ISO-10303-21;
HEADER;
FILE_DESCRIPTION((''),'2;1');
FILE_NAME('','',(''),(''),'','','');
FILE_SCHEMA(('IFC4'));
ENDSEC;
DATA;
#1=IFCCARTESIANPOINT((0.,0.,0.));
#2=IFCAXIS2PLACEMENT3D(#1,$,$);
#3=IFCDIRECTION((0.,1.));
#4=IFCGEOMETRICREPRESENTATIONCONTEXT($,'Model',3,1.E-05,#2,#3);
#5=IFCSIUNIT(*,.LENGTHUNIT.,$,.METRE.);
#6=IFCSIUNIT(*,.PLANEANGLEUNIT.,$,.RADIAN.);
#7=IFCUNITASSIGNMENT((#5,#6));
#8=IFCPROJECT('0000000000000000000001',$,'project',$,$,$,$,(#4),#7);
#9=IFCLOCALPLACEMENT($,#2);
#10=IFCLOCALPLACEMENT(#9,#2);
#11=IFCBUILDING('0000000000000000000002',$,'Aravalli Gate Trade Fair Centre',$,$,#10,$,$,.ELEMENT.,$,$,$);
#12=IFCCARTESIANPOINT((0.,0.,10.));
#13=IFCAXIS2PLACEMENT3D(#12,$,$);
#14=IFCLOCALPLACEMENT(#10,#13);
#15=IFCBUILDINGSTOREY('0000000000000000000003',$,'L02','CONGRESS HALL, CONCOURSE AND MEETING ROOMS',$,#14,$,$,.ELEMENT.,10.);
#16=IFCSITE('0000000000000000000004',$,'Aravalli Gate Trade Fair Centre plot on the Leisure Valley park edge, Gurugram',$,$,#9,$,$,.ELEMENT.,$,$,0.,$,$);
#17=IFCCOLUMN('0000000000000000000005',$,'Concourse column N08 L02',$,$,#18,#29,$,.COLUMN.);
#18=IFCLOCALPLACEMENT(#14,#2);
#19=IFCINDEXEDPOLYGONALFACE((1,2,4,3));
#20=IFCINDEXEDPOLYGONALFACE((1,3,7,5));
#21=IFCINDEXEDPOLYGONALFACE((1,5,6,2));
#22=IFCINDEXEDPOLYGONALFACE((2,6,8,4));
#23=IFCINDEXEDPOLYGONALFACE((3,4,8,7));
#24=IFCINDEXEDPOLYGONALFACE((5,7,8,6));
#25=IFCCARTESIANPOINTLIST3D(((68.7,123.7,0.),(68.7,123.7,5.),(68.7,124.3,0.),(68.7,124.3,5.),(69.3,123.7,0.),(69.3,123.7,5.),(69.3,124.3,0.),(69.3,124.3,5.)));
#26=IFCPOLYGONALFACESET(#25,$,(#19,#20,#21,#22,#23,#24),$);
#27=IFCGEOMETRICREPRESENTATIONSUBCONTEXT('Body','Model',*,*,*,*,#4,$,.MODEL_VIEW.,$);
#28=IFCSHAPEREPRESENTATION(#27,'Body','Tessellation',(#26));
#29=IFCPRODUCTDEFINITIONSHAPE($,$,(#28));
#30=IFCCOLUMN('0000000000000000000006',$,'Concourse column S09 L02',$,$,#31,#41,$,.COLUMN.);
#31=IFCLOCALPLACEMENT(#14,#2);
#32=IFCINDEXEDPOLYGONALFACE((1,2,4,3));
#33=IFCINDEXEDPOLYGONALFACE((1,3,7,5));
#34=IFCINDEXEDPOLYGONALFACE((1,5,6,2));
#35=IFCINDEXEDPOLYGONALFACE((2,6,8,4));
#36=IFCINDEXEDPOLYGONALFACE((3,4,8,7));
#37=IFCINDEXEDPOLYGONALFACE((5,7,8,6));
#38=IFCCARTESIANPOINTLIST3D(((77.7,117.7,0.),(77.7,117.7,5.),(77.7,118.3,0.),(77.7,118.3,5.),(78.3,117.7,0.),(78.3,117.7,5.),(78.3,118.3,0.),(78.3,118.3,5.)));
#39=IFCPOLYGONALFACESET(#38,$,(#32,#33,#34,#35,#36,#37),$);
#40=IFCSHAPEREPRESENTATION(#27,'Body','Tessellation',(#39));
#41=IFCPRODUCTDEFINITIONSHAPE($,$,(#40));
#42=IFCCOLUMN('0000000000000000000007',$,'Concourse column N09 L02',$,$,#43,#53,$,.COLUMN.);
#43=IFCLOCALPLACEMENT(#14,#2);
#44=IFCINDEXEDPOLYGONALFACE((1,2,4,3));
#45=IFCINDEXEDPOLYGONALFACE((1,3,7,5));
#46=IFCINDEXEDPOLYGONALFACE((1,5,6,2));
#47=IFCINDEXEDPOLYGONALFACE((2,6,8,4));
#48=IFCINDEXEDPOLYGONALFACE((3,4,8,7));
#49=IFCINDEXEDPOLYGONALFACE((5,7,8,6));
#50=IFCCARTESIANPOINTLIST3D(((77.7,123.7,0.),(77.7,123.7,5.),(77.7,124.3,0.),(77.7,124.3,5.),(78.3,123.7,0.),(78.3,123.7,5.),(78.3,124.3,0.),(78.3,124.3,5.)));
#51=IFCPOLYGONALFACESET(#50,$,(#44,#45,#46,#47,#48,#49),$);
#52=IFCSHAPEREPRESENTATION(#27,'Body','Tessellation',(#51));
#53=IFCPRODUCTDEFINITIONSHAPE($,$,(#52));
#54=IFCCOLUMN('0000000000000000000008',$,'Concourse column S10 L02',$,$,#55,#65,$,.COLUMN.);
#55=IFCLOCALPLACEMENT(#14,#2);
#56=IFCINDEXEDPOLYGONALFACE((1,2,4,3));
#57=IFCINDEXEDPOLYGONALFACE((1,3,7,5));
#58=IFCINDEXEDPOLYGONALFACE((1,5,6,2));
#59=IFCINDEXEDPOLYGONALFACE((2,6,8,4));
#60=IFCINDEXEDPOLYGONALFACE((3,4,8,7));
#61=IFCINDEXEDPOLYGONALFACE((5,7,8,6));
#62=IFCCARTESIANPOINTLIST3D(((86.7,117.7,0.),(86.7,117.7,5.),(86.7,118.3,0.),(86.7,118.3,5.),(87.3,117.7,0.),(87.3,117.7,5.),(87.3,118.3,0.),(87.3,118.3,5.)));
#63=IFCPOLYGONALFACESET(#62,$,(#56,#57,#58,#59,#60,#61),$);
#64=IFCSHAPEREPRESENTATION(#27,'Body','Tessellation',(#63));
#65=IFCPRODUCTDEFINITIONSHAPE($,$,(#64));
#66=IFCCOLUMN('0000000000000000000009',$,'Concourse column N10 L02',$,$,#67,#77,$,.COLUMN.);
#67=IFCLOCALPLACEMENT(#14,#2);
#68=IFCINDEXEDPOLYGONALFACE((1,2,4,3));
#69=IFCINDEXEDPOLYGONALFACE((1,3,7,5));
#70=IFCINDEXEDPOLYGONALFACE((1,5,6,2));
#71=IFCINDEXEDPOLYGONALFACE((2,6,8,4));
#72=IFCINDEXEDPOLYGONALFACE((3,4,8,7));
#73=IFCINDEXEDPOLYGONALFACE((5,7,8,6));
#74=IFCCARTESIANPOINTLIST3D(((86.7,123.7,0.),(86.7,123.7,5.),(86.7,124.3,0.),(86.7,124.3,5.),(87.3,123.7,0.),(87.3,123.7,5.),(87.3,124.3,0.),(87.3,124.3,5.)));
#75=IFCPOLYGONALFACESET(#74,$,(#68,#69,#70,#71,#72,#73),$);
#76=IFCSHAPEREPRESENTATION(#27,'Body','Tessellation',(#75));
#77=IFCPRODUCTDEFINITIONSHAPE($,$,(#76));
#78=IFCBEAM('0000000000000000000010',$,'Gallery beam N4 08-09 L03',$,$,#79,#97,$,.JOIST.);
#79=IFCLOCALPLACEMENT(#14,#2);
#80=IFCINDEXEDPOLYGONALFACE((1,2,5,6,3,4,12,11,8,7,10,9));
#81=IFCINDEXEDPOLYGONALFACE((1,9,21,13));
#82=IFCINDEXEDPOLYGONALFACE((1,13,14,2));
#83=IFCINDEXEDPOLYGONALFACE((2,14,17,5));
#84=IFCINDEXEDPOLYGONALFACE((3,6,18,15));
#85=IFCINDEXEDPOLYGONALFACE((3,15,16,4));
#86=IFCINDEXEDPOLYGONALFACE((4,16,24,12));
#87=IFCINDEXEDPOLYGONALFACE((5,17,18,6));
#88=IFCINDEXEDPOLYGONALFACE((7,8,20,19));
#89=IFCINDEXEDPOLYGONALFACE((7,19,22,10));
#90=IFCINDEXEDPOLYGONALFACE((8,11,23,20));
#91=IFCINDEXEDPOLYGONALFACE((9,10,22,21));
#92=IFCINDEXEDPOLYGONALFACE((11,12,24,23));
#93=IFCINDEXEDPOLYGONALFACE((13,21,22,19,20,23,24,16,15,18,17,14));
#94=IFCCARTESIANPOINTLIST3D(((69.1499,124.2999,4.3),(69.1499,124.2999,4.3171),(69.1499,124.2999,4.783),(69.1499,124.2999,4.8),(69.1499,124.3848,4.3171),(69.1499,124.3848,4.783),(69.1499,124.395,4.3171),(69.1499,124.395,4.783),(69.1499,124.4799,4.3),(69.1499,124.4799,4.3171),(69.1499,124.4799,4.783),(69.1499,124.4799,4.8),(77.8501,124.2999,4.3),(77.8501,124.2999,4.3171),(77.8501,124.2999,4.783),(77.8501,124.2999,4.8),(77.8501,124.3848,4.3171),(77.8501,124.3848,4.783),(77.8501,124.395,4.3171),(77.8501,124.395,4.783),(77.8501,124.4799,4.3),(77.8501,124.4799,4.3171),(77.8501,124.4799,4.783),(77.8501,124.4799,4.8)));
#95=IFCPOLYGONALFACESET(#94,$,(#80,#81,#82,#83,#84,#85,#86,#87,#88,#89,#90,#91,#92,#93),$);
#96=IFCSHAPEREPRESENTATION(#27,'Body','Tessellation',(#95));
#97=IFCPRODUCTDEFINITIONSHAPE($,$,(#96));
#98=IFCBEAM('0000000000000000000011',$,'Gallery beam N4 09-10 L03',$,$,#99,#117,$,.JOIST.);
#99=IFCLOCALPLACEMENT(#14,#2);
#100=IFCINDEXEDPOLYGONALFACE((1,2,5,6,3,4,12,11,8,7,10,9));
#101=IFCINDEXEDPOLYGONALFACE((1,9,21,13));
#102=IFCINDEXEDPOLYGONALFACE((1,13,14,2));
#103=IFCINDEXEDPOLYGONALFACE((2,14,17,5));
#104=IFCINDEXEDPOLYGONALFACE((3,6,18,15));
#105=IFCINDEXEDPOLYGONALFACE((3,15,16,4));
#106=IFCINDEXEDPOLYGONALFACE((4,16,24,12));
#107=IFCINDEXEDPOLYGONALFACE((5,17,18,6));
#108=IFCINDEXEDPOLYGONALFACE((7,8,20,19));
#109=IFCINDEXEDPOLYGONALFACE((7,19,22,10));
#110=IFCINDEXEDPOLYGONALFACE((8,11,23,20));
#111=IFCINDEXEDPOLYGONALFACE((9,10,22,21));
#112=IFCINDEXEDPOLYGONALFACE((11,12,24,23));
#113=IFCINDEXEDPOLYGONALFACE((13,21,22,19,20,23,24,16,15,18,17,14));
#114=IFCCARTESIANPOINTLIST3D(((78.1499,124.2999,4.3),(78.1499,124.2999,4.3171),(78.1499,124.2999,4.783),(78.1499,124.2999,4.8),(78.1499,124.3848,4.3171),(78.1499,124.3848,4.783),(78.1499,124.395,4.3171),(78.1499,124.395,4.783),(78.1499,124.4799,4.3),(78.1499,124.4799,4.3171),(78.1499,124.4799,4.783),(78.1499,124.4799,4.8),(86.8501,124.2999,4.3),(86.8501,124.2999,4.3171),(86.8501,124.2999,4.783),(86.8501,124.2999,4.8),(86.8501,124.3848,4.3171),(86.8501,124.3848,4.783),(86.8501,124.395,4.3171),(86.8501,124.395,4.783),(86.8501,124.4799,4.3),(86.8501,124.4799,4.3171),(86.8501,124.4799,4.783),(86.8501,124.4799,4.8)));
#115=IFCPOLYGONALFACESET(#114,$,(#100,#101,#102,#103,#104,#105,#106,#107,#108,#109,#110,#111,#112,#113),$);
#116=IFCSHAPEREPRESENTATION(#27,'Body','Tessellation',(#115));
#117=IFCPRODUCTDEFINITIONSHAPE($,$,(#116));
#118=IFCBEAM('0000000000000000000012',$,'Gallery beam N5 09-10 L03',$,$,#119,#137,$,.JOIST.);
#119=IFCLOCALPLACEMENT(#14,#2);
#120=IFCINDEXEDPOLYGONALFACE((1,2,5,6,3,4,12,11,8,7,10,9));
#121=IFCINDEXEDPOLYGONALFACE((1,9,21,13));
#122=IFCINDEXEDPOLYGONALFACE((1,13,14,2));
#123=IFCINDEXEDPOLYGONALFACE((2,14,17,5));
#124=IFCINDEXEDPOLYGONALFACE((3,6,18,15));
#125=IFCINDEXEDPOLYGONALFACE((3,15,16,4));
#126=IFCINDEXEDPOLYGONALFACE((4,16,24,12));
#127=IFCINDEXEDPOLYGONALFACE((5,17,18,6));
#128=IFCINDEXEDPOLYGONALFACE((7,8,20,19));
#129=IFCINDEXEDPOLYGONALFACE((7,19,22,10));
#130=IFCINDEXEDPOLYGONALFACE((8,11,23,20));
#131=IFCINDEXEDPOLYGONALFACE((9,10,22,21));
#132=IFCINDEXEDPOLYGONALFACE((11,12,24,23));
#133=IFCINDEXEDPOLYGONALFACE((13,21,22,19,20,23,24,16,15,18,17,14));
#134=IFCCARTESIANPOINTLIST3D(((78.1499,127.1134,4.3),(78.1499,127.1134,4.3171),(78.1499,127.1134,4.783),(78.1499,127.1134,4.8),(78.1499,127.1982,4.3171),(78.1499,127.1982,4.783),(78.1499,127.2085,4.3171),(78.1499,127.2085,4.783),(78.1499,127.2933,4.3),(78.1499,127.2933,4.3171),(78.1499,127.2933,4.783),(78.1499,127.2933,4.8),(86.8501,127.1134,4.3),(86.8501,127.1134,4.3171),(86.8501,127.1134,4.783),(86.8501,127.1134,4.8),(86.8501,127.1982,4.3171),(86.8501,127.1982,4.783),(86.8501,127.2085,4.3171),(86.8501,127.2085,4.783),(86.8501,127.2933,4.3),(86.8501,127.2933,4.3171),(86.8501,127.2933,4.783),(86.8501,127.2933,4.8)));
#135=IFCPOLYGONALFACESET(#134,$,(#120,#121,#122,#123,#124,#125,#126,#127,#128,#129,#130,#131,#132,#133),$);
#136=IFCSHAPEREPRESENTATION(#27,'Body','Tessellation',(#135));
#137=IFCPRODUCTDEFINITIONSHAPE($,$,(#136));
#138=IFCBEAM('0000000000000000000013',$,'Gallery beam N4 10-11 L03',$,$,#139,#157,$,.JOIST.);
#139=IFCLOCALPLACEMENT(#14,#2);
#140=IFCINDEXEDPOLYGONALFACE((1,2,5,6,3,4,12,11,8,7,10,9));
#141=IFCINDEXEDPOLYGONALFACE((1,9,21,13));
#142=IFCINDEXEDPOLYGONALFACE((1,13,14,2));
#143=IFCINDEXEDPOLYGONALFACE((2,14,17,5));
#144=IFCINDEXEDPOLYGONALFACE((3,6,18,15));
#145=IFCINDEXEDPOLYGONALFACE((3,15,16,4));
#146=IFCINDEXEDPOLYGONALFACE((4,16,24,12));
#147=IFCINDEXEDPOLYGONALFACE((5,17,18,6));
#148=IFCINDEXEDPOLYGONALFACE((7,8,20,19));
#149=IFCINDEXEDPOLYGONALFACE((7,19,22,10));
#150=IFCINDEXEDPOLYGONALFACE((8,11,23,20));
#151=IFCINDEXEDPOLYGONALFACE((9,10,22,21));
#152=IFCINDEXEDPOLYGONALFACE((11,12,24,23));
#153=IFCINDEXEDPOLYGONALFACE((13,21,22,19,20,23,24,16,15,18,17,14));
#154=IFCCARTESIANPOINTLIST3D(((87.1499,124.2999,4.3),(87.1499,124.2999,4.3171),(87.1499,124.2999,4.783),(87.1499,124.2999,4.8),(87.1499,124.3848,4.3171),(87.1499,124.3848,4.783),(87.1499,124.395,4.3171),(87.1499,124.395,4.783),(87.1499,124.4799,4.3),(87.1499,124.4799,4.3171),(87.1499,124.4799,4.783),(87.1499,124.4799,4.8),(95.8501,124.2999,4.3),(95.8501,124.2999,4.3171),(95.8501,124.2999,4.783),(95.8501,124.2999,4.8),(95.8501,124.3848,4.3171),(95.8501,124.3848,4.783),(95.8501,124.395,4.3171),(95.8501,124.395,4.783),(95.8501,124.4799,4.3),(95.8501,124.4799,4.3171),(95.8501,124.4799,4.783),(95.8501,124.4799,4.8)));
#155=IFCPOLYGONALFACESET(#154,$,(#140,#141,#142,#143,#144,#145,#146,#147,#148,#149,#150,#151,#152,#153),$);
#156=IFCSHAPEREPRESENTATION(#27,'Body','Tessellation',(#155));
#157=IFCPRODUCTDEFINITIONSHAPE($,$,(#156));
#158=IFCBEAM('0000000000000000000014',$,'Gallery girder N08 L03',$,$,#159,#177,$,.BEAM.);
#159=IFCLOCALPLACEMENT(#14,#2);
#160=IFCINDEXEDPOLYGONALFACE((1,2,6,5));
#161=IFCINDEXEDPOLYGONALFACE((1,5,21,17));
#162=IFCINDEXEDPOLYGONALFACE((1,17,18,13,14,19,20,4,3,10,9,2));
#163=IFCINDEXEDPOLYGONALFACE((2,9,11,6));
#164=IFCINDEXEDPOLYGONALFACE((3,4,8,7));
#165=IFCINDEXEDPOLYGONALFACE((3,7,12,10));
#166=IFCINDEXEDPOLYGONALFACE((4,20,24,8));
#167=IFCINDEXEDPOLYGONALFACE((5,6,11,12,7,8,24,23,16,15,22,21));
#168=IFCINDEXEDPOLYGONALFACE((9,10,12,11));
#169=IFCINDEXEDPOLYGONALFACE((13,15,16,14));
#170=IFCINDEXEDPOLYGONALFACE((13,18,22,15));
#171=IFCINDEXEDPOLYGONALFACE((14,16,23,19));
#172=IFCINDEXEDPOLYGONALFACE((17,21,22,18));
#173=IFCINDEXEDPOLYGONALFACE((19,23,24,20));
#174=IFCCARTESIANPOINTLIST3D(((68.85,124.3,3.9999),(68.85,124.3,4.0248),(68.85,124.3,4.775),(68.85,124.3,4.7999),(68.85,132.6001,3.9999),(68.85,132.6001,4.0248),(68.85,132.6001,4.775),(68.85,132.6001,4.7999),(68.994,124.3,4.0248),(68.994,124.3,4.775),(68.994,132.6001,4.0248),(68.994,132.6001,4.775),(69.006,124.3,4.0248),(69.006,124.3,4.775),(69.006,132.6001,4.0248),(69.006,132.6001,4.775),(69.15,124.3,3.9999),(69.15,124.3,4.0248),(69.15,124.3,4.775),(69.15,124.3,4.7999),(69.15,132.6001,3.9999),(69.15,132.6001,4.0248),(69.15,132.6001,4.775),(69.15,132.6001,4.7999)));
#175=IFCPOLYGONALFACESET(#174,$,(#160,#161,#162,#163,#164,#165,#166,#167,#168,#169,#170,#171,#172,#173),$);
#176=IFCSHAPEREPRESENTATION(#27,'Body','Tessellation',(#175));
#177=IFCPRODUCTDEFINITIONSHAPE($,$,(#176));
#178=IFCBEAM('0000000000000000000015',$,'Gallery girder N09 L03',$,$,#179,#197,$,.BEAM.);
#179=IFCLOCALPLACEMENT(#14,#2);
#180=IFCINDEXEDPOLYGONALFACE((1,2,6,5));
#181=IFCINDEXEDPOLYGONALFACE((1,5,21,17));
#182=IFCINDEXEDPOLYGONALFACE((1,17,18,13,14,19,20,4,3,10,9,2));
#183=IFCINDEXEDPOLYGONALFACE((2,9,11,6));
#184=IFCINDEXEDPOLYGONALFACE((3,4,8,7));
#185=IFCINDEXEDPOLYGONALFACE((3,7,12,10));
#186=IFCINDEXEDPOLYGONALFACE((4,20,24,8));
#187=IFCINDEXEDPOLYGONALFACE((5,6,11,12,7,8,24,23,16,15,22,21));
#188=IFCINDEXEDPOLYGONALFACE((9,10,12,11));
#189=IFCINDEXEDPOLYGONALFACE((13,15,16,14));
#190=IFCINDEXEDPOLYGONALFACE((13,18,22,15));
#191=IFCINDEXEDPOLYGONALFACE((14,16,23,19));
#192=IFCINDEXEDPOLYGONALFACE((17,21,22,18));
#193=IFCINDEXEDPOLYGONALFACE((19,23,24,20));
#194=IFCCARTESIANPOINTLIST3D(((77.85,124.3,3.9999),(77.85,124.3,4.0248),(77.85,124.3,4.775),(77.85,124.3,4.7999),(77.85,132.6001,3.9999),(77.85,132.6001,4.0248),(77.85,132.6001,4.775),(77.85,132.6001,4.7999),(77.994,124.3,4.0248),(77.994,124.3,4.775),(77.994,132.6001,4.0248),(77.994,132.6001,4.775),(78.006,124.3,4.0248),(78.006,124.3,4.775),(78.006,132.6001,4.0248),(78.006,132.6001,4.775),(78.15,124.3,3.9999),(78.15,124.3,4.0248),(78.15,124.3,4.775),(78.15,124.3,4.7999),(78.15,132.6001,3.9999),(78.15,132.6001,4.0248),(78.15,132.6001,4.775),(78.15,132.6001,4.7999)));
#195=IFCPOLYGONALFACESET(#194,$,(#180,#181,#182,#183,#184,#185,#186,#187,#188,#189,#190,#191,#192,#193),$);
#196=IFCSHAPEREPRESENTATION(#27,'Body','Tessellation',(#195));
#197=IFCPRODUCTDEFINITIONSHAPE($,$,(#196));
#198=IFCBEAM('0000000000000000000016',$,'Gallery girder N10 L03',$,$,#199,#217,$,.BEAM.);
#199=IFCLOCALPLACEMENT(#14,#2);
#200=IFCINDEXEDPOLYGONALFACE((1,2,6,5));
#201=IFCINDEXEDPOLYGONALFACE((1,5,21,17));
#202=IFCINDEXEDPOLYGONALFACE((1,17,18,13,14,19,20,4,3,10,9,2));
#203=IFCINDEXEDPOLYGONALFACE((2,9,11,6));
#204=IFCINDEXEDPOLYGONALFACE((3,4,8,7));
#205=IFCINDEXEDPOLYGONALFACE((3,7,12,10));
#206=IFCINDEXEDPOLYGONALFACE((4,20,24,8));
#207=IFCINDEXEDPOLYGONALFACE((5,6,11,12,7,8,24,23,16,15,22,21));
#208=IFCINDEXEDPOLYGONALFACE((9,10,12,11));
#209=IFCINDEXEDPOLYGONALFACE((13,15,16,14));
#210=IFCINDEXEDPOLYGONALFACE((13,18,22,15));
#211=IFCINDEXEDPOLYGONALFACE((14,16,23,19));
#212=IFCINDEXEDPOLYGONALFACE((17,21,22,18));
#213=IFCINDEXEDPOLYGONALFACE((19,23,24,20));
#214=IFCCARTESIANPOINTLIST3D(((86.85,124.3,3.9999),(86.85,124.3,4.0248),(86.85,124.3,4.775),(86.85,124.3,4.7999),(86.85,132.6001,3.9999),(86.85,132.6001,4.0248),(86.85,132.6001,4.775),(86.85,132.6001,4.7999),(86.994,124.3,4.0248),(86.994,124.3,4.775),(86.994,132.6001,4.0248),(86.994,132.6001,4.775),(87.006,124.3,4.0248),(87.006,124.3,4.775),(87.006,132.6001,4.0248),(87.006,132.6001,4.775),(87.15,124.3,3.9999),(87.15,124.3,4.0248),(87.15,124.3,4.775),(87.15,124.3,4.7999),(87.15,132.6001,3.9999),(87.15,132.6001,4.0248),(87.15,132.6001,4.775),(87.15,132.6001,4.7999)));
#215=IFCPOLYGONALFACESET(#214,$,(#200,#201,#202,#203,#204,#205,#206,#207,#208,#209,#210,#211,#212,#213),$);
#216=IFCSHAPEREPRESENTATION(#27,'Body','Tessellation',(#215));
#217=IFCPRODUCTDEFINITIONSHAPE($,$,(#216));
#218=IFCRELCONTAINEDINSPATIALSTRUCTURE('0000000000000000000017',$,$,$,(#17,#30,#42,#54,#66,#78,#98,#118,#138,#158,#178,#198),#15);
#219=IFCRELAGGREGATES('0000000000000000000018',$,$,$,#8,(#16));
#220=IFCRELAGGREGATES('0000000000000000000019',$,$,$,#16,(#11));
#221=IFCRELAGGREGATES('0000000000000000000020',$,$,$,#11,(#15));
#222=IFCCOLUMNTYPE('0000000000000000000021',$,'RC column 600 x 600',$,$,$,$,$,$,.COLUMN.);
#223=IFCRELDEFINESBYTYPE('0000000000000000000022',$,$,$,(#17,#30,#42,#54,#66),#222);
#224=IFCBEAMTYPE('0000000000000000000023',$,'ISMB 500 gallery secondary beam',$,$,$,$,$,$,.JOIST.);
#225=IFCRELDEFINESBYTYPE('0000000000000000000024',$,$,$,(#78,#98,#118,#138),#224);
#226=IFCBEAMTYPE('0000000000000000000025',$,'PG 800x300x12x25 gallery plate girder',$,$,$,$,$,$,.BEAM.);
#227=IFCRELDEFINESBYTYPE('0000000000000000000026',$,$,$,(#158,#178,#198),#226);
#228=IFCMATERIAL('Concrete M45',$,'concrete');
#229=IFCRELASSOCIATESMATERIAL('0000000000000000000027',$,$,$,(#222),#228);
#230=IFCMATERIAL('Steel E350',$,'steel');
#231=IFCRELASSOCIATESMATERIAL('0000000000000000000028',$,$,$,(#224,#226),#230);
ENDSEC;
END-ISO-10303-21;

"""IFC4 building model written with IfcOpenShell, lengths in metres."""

from ifc_helpers import new_model, si_unit, direction, frame, origin, origin_2d, place, context, subcontext, project, spatial, rectangle, i_section, extrude, material, material_profile, profile_set, type_object, element, save


model = new_model("IFC4")

# Units and contexts
model_context = context("Model", 3, precision=1e-05, world=origin(), true_north=direction((0.0, 1.0)))
body_context = subcontext(model_context, "Body", "Model", "MODEL_VIEW")
ifc_project = project(units=[si_unit("LENGTHUNIT", "METRE"), si_unit("PLANEANGLEUNIT", "RADIAN")], contexts=[model_context])

# Site, building, storey
site_placement = place(None, origin())
site = spatial("IfcSite", under=ifc_project, at=site_placement, Name="Aravalli Gate Trade Fair Centre plot on the Leisure Valley park edge, Gurugram", CompositionType="ELEMENT", RefElevation=0.0)
building_placement = place(site_placement, origin())
building = spatial("IfcBuilding", under=site, at=building_placement, Name="Aravalli Gate Trade Fair Centre", CompositionType="ELEMENT")
storey_placement = place(building_placement, frame((0.0, 0.0, 10.0)))
storey = spatial("IfcBuildingStorey", under=building, at=storey_placement, Name="L02", Description="CONGRESS HALL, CONCOURSE AND MEETING ROOMS", CompositionType="ELEMENT", Elevation=10.0)

# Columns
ifc_material_1 = material(Name="Concrete M45", Category="concrete")
ifc_material_profile_1 = material_profile(ifc_material_1, rectangle(XDim=0.6001, YDim=0.6001, at=origin_2d()), Name="RC column 600 x 600")
ifc_profile_set_1 = profile_set([ifc_material_profile_1], Name="Concrete M45")
column_type = type_object("IfcColumnType", Name="RC column 600 x 600", PredefinedType="COLUMN", material=ifc_profile_set_1)
for number, where, z_axis, x_axis, name in (
    (1, (69.0, 124.0, 0.0), (0.0, 0.0, 1.0), (1.0, 0.0, 0.0), "Concourse column N08 L02"),
    (2, (78.0, 118.0, 0.0), (0.0, 0.0, 1.0), (1.0, 0.0, 0.0), "Concourse column S09 L02"),
    (3, (78.0, 124.0, 0.0), (0.0, 0.0, 1.0), (1.0, 0.0, 0.0), "Concourse column N09 L02"),
    (4, (87.0, 118.0, 0.0), (0.0, 0.0, 1.0), (1.0, 0.0, 0.0), "Concourse column S10 L02"),
    (5, (87.0, 124.0, 0.0), (0.0, 0.0, 1.0), (1.0, 0.0, 0.0), "Concourse column N10 L02"),
):
    element("IfcColumn", number, at=place(storey_placement, frame(where, z_axis=z_axis, x_axis=x_axis)), inside=storey, type_object=column_type, Name=name, PredefinedType="COLUMN", context=body_context, shape_type="SweptSolid", body=[
        extrude(rectangle(XDim=0.6001, YDim=0.6001, at=origin_2d()), origin(), (0.0, 0.0, 1.0), 5.0),
    ])

# Beams
ifc_material_2 = material(Name="Steel E350", Category="steel")
ifc_material_profile_2 = material_profile(ifc_material_2, i_section(OverallWidth=0.1799, OverallDepth=0.5, WebThickness=0.0103, FlangeThickness=0.0171, at=origin_2d()), Name="ISMB 500")
ifc_profile_set_2 = profile_set([ifc_material_profile_2], Name="Steel E350")
beam_type_1 = type_object("IfcBeamType", Name="ISMB 500 gallery secondary beam", PredefinedType="JOIST", material=ifc_profile_set_2)
for number, where, z_axis, x_axis, name in (
    (6, (69.1499, 124.3899, 4.55), (1.0, 0.0, 0.0), (0.0, 1.0, 0.0), "Gallery beam N4 08-09 L03"),
    (7, (78.1499, 124.3899, 4.55), (1.0, 0.0, 0.0), (0.0, 1.0, 0.0), "Gallery beam N4 09-10 L03"),
    (8, (78.1499, 127.2034, 4.55), (1.0, 0.0, 0.0), (0.0, 1.0, 0.0), "Gallery beam N5 09-10 L03"),
    (9, (87.1499, 124.3899, 4.55), (1.0, 0.0, 0.0), (0.0, 1.0, 0.0), "Gallery beam N4 10-11 L03"),
):
    element("IfcBeam", number, at=place(storey_placement, frame(where, z_axis=z_axis, x_axis=x_axis)), inside=storey, type_object=beam_type_1, Name=name, PredefinedType="JOIST", context=body_context, shape_type="SweptSolid", body=[
        extrude(i_section(OverallWidth=0.1799, OverallDepth=0.5, WebThickness=0.0103, FlangeThickness=0.0171, at=origin_2d()), origin(), (0.0, 0.0, 1.0), 8.7002),
    ])
ifc_material_profile_3 = material_profile(ifc_material_2, i_section(OverallWidth=0.3, OverallDepth=0.8, WebThickness=0.012, FlangeThickness=0.0249, at=origin_2d()), Name="PG 800x300x12x25")
ifc_profile_set_3 = profile_set([ifc_material_profile_3], Name="Steel E350")
beam_type_2 = type_object("IfcBeamType", Name="PG 800x300x12x25 gallery plate girder", PredefinedType="BEAM", material=ifc_profile_set_3)
for number, where, z_axis, x_axis, name in (
    (10, (69.0, 124.3, 4.3999), (0.0, 1.0, 0.0), (-1.0, 0.0, 0.0), "Gallery girder N08 L03"),
    (11, (78.0, 124.3, 4.3999), (0.0, 1.0, 0.0), (-1.0, 0.0, 0.0), "Gallery girder N09 L03"),
    (12, (87.0, 124.3, 4.3999), (0.0, 1.0, 0.0), (-1.0, 0.0, 0.0), "Gallery girder N10 L03"),
):
    element("IfcBeam", number, at=place(storey_placement, frame(where, z_axis=z_axis, x_axis=x_axis)), inside=storey, type_object=beam_type_2, Name=name, PredefinedType="BEAM", context=body_context, shape_type="SweptSolid", body=[
        extrude(i_section(OverallWidth=0.3, OverallDepth=0.8, WebThickness=0.012, FlangeThickness=0.0249, at=origin_2d()), origin(), (0.0, 0.0, 1.0), 8.3),
    ])

save(model, "model.ifc")
